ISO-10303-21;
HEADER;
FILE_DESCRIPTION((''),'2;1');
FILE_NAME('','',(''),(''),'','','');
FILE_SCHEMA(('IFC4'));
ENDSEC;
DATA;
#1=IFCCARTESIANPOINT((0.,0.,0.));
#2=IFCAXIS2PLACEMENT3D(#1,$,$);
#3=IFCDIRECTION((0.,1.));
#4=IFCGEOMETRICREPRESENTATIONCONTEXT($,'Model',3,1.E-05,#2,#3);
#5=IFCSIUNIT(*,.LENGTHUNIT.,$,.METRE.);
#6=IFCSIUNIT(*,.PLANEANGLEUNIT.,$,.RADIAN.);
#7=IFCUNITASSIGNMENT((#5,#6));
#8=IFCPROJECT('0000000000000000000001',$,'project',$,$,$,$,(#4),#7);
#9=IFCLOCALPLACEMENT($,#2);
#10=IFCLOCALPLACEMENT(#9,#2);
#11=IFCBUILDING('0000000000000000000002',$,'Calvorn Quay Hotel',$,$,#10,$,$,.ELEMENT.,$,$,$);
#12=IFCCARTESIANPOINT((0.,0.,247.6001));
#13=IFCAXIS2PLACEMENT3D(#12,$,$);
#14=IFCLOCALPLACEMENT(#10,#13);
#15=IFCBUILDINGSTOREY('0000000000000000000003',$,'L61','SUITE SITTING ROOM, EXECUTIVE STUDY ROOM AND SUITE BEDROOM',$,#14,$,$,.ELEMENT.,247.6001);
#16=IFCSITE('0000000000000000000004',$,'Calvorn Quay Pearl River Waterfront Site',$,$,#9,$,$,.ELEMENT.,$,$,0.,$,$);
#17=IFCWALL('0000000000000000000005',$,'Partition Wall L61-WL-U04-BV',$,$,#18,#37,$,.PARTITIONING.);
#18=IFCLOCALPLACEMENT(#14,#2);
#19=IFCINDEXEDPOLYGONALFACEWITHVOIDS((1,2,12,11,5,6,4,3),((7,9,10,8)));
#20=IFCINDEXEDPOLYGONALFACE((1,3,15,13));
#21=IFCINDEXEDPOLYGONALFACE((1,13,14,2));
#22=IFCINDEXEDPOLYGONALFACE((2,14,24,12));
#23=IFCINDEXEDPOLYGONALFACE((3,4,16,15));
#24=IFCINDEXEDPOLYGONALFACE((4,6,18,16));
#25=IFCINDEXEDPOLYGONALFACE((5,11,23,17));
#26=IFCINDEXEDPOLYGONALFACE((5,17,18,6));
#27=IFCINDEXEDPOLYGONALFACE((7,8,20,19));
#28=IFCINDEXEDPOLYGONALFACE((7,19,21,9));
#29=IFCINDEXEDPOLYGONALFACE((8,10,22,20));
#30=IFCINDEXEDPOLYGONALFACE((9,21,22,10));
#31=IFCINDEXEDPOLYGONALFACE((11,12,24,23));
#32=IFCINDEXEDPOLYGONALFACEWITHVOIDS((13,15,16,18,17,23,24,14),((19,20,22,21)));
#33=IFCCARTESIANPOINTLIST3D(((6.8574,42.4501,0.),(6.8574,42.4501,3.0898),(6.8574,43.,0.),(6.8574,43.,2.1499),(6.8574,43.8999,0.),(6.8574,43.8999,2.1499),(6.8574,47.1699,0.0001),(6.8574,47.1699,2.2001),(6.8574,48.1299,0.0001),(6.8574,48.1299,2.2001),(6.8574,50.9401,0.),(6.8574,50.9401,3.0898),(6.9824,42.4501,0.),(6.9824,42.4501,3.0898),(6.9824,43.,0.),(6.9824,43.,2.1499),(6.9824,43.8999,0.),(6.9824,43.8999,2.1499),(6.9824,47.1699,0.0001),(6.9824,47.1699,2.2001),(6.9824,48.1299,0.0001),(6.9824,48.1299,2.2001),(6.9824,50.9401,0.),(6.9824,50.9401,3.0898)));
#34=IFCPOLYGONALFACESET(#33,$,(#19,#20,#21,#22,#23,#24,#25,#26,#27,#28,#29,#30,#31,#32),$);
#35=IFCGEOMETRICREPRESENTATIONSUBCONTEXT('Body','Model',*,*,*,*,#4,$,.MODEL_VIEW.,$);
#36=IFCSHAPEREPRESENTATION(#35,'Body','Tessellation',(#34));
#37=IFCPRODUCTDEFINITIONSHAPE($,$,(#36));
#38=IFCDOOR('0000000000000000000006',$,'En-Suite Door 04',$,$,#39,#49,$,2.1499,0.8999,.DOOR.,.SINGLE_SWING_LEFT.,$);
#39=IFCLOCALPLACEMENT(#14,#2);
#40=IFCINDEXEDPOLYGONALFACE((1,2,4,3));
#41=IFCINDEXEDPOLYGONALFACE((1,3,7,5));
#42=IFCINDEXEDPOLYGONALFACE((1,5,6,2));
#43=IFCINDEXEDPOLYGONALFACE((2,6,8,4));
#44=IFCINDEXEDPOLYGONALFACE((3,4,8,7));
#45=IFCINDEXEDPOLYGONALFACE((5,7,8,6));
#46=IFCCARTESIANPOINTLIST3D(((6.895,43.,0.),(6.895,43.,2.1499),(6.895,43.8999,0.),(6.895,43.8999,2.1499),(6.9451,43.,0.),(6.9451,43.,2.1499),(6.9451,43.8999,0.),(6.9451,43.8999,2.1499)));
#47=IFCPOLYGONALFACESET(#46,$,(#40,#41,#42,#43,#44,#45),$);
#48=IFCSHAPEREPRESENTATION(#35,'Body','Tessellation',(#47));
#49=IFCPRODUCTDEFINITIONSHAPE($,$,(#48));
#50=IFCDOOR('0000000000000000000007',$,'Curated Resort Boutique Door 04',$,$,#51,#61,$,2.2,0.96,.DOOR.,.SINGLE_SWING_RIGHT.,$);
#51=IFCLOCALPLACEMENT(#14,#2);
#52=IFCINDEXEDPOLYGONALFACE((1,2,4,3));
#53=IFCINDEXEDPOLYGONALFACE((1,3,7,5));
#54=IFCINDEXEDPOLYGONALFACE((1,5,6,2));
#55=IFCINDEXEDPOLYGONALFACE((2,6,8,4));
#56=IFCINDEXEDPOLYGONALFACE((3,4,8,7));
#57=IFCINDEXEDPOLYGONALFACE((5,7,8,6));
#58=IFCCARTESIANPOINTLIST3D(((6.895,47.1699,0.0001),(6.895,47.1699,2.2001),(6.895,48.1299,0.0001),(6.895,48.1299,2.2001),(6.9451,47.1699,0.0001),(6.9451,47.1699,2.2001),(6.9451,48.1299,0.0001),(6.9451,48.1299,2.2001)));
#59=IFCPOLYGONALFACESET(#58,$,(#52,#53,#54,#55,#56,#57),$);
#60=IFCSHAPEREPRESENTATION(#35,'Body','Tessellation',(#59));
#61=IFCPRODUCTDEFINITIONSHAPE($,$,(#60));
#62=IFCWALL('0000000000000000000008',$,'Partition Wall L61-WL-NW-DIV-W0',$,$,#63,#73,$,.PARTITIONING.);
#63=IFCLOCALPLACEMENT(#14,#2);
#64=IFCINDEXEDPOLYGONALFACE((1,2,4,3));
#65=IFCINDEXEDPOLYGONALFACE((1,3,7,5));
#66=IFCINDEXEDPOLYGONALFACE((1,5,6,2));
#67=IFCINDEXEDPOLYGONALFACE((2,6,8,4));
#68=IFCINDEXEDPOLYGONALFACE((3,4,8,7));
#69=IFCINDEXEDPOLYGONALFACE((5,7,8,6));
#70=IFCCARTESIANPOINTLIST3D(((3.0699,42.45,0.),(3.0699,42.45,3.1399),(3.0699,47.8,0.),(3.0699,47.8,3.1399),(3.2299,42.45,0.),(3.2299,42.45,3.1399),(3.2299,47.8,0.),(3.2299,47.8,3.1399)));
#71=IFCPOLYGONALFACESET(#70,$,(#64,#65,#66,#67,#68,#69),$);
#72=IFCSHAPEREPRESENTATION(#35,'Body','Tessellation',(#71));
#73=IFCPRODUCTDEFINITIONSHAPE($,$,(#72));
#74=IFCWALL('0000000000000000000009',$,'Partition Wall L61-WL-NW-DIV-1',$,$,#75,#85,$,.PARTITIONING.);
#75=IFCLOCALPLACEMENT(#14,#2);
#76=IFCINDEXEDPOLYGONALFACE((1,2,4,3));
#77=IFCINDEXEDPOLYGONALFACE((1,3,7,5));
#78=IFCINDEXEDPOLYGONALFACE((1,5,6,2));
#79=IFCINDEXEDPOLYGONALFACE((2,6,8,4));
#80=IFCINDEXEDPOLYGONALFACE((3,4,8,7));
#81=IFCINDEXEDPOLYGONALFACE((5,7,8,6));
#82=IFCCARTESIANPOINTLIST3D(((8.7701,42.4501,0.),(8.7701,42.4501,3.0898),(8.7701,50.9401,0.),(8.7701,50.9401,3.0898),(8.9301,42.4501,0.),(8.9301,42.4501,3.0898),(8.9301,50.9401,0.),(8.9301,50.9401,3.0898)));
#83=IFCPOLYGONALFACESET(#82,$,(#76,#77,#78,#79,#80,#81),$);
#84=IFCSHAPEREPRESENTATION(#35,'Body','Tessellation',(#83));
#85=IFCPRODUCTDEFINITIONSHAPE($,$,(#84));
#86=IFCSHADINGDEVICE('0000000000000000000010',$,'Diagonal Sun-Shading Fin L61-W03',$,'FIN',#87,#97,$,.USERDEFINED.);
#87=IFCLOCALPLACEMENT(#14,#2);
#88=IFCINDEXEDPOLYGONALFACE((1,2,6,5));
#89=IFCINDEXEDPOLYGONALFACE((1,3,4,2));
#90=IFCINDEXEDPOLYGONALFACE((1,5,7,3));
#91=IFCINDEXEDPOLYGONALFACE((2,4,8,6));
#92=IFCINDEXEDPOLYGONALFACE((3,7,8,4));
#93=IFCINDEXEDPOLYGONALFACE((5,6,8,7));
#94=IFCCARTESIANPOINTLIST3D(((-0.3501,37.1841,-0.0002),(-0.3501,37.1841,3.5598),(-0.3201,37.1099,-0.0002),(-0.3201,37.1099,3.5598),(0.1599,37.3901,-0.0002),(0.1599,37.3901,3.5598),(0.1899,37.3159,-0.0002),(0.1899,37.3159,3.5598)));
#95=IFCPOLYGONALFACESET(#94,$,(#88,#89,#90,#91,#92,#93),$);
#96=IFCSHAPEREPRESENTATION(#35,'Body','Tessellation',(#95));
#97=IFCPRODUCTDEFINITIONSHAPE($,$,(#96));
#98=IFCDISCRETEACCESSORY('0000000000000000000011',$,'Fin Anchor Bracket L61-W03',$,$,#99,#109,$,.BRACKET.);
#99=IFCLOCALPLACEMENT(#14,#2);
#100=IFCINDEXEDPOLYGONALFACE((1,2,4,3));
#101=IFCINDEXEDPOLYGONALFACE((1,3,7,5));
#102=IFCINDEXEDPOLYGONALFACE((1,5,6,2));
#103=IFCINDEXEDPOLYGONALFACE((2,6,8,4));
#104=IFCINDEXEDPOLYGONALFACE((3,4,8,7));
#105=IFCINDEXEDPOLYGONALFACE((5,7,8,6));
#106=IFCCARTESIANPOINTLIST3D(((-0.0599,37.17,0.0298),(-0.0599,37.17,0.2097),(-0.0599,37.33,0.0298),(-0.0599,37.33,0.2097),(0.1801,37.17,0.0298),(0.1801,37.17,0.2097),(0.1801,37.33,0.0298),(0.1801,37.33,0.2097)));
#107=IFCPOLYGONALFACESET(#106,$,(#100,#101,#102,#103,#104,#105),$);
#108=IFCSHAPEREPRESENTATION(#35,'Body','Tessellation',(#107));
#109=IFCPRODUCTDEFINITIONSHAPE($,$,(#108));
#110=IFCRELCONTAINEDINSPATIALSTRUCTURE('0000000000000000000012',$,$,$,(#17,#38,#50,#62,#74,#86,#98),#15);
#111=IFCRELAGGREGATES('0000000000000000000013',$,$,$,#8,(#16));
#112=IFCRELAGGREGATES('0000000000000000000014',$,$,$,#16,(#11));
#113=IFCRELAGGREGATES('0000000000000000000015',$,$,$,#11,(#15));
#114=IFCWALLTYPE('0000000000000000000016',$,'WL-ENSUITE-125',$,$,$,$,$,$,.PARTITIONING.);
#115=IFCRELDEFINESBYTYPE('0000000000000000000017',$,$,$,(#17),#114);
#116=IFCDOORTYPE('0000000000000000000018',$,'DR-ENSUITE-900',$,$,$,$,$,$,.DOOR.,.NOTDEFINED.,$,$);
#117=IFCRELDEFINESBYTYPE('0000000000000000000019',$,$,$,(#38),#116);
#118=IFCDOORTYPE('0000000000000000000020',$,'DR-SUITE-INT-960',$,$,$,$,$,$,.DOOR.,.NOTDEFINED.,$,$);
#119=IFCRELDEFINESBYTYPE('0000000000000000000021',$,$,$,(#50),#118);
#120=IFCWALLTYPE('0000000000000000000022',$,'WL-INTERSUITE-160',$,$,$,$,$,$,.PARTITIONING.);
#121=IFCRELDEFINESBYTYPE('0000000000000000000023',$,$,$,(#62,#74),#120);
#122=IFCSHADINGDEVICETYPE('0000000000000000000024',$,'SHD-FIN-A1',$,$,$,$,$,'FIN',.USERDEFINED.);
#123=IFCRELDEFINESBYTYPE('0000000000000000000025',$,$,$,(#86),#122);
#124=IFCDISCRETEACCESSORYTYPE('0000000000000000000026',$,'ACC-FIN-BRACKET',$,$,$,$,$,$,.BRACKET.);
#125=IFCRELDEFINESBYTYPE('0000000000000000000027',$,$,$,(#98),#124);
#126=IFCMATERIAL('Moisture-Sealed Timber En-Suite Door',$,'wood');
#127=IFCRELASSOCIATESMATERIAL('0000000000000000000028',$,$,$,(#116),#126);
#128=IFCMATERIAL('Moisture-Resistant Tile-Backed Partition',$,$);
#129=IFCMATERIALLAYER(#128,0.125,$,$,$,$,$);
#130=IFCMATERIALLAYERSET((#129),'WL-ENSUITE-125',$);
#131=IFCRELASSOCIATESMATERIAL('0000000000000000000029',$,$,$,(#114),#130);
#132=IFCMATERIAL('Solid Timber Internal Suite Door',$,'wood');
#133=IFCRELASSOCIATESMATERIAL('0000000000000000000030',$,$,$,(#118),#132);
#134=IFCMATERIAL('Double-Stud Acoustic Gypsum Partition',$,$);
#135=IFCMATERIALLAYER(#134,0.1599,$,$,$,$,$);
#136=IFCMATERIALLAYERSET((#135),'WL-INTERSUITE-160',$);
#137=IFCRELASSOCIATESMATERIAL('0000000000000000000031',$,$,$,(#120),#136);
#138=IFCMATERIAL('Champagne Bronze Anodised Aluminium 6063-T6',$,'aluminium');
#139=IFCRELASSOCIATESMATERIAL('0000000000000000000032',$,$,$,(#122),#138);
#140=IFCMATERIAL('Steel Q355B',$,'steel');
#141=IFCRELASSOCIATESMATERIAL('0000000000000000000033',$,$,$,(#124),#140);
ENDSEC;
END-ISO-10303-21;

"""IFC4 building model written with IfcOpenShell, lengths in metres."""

from ifc_helpers import new_model, si_unit, direction, frame, frame_2d, origin, origin_2d, place, context, subcontext, project, spatial, rectangle, extrude, material, layer, layer_set, type_object, element, fill, save


model = new_model("IFC4")

# Units and contexts
model_context = context("Model", 3, precision=1e-05, world=origin(), true_north=direction((0.0, 1.0)))
body_context = subcontext(model_context, "Body", "Model", "MODEL_VIEW")
ifc_project = project(units=[si_unit("LENGTHUNIT", "METRE"), si_unit("PLANEANGLEUNIT", "RADIAN")], contexts=[model_context])

# Site, building, storey
site_placement = place(None, origin())
site = spatial("IfcSite", under=ifc_project, at=site_placement, Name="Calvorn Quay Pearl River Waterfront Site", CompositionType="ELEMENT", RefElevation=0.0)
building_placement = place(site_placement, origin())
building = spatial("IfcBuilding", under=site, at=building_placement, Name="Calvorn Quay Hotel", CompositionType="ELEMENT")
storey_placement = place(building_placement, frame((0.0, 0.0, 247.6001)))
storey = spatial("IfcBuildingStorey", under=building, at=storey_placement, Name="L61", Description="SUITE SITTING ROOM, EXECUTIVE STUDY ROOM AND SUITE BEDROOM", CompositionType="ELEMENT", Elevation=247.6001)

# Shared definitions
ifc_material_1 = material(Name="Moisture-Sealed Timber En-Suite Door", Category="wood")
door_type_1 = type_object("IfcDoorType", Name="DR-ENSUITE-900", OperationType="NOTDEFINED", PredefinedType="DOOR", material=ifc_material_1)

# Wall, openings, doors
ifc_material_2 = material(Name="Moisture-Resistant Tile-Backed Partition")
ifc_layer_1 = layer(ifc_material_2, 0.125)
ifc_layer_set_1 = layer_set([ifc_layer_1], Name="WL-ENSUITE-125")
wall_type_1 = type_object("IfcWallType", Name="WL-ENSUITE-125", PredefinedType="PARTITIONING", material=ifc_layer_set_1)
wall_1_placement = place(storey_placement, frame((6.9199, 42.45, 0.0), z_axis=(0.0, 0.0, 1.0), x_axis=(0.0, 1.0, 0.0)))
wall_1 = element("IfcWall", 1, at=wall_1_placement, inside=storey, type_object=wall_type_1, Name="Partition Wall L61-WL-U04-BV", PredefinedType="PARTITIONING", context=body_context, shape_type="SweptSolid", body=[
    extrude(rectangle(XDim=8.49, YDim=0.125, at=frame_2d((4.2451, 0.0))), origin(), (0.0, 0.0, 1.0), 3.0898),
])
opening_1_placement = place(wall_1_placement, frame((0.55, 0.0, 0.0)))
opening_1 = element("IfcOpeningElement", 2, at=opening_1_placement, cuts=wall_1, PredefinedType="OPENING", context=body_context, shape_type="SweptSolid", body=[
    extrude(rectangle(XDim=0.8999, YDim=2.1499, at=frame_2d((0.45, 1.075))), frame((0.0, 0.0725, 0.0), z_axis=(0.0, -1.0, 0.0), x_axis=(1.0, 0.0, 0.0)), (0.0, 0.0, 1.0), 0.145),
])
opening_2_placement = place(wall_1_placement, frame((4.72, 0.0, 0.0)))
opening_2 = element("IfcOpeningElement", 3, at=opening_2_placement, cuts=wall_1, PredefinedType="OPENING", context=body_context, shape_type="SweptSolid", body=[
    extrude(rectangle(XDim=0.96, YDim=2.2, at=frame_2d((0.48, 1.1001))), frame((0.0, 0.0725, 0.0), z_axis=(0.0, -1.0, 0.0), x_axis=(1.0, 0.0, 0.0)), (0.0, 0.0, 1.0), 0.145),
])
door_1_placement = place(opening_1_placement, origin())
door_1 = element("IfcDoor", 4, at=door_1_placement, inside=storey, type_object=door_type_1, Name="En-Suite Door 04", OperationType="SINGLE_SWING_LEFT", OverallHeight=2.1499, OverallWidth=0.8999, PredefinedType="DOOR", context=body_context, shape_type="SweptSolid", body=[
    extrude(rectangle(XDim=0.8999, YDim=2.1499, at=frame_2d((0.45, 1.075))), frame((0.0, 0.0249, 0.0), z_axis=(0.0, -1.0, 0.0), x_axis=(1.0, 0.0, 0.0)), (0.0, 0.0, 1.0), 0.05),
])
fill(opening_1, door_1)
ifc_material_3 = material(Name="Solid Timber Internal Suite Door", Category="wood")
door_type_2 = type_object("IfcDoorType", Name="DR-SUITE-INT-960", OperationType="NOTDEFINED", PredefinedType="DOOR", material=ifc_material_3)
door_2_placement = place(opening_2_placement, origin())
door_2 = element("IfcDoor", 5, at=door_2_placement, inside=storey, type_object=door_type_2, Name="Curated Resort Boutique Door 04", OperationType="SINGLE_SWING_RIGHT", OverallHeight=2.2, OverallWidth=0.96, PredefinedType="DOOR", context=body_context, shape_type="SweptSolid", body=[
    extrude(rectangle(XDim=0.96, YDim=2.2, at=frame_2d((0.48, 1.1001))), frame((0.0, 0.0249, 0.0), z_axis=(0.0, -1.0, 0.0), x_axis=(1.0, 0.0, 0.0)), (0.0, 0.0, 1.0), 0.05),
])
fill(opening_2, door_2)

# Walls
ifc_material_4 = material(Name="Double-Stud Acoustic Gypsum Partition")
ifc_layer_2 = layer(ifc_material_4, 0.1599)
ifc_layer_set_2 = layer_set([ifc_layer_2], Name="WL-INTERSUITE-160")
wall_type_2 = type_object("IfcWallType", Name="WL-INTERSUITE-160", PredefinedType="PARTITIONING", material=ifc_layer_set_2)
wall_2_placement = place(storey_placement, frame((3.1499, 42.45, 0.0), z_axis=(0.0, 0.0, 1.0), x_axis=(0.0, 1.0, 0.0)))
element("IfcWall", 6, at=wall_2_placement, inside=storey, type_object=wall_type_2, Name="Partition Wall L61-WL-NW-DIV-W0", PredefinedType="PARTITIONING", context=body_context, shape_type="SweptSolid", body=[
    extrude(rectangle(XDim=5.3501, YDim=0.1599, at=frame_2d((2.675, 0.0))), origin(), (0.0, 0.0, 1.0), 3.1399),
])
wall_3_placement = place(storey_placement, frame((8.8501, 42.45, 0.0), z_axis=(0.0, 0.0, 1.0), x_axis=(0.0, 1.0, 0.0)))
element("IfcWall", 7, at=wall_3_placement, inside=storey, type_object=wall_type_2, Name="Partition Wall L61-WL-NW-DIV-1", PredefinedType="PARTITIONING", context=body_context, shape_type="SweptSolid", body=[
    extrude(rectangle(XDim=8.49, YDim=0.1599, at=frame_2d((4.2451, 0.0))), origin(), (0.0, 0.0, 1.0), 3.0898),
])

# Shading device
ifc_material_5 = material(Name="Champagne Bronze Anodised Aluminium 6063-T6", Category="aluminium")
shading_device_type = type_object("IfcShadingDeviceType", Name="SHD-FIN-A1", ElementType="FIN", PredefinedType="USERDEFINED", material=ifc_material_5)
shading_device_placement = place(storey_placement, frame((-0.0801, 37.25, -0.0002), z_axis=(0.0, 0.0, 1.0), x_axis=(0.927184, 0.374607, 0.0)))
element("IfcShadingDevice", 8, at=shading_device_placement, inside=storey, type_object=shading_device_type, Name="Diagonal Sun-Shading Fin L61-W03", ObjectType="FIN", PredefinedType="USERDEFINED", context=body_context, shape_type="SweptSolid", body=[
    extrude(rectangle(XDim=0.55, YDim=0.0801, at=origin_2d()), origin(), (0.0, 0.0, 1.0), 3.5601),
])

# Discrete accessory
ifc_material_6 = material(Name="Steel Q355B", Category="steel")
discrete_accessory_type = type_object("IfcDiscreteAccessoryType", Name="ACC-FIN-BRACKET", PredefinedType="BRACKET", material=ifc_material_6)
discrete_accessory_placement = place(storey_placement, frame((0.0601, 37.25, 0.0298), z_axis=(0.0, 0.0, 1.0), x_axis=(1.0, 0.0, 0.0)))
element("IfcDiscreteAccessory", 9, at=discrete_accessory_placement, inside=storey, type_object=discrete_accessory_type, Name="Fin Anchor Bracket L61-W03", PredefinedType="BRACKET", context=body_context, shape_type="SweptSolid", body=[
    extrude(rectangle(XDim=0.24, YDim=0.1599, at=origin_2d()), origin(), (0.0, 0.0, 1.0), 0.1799),
])

save(model, "model.ifc")
